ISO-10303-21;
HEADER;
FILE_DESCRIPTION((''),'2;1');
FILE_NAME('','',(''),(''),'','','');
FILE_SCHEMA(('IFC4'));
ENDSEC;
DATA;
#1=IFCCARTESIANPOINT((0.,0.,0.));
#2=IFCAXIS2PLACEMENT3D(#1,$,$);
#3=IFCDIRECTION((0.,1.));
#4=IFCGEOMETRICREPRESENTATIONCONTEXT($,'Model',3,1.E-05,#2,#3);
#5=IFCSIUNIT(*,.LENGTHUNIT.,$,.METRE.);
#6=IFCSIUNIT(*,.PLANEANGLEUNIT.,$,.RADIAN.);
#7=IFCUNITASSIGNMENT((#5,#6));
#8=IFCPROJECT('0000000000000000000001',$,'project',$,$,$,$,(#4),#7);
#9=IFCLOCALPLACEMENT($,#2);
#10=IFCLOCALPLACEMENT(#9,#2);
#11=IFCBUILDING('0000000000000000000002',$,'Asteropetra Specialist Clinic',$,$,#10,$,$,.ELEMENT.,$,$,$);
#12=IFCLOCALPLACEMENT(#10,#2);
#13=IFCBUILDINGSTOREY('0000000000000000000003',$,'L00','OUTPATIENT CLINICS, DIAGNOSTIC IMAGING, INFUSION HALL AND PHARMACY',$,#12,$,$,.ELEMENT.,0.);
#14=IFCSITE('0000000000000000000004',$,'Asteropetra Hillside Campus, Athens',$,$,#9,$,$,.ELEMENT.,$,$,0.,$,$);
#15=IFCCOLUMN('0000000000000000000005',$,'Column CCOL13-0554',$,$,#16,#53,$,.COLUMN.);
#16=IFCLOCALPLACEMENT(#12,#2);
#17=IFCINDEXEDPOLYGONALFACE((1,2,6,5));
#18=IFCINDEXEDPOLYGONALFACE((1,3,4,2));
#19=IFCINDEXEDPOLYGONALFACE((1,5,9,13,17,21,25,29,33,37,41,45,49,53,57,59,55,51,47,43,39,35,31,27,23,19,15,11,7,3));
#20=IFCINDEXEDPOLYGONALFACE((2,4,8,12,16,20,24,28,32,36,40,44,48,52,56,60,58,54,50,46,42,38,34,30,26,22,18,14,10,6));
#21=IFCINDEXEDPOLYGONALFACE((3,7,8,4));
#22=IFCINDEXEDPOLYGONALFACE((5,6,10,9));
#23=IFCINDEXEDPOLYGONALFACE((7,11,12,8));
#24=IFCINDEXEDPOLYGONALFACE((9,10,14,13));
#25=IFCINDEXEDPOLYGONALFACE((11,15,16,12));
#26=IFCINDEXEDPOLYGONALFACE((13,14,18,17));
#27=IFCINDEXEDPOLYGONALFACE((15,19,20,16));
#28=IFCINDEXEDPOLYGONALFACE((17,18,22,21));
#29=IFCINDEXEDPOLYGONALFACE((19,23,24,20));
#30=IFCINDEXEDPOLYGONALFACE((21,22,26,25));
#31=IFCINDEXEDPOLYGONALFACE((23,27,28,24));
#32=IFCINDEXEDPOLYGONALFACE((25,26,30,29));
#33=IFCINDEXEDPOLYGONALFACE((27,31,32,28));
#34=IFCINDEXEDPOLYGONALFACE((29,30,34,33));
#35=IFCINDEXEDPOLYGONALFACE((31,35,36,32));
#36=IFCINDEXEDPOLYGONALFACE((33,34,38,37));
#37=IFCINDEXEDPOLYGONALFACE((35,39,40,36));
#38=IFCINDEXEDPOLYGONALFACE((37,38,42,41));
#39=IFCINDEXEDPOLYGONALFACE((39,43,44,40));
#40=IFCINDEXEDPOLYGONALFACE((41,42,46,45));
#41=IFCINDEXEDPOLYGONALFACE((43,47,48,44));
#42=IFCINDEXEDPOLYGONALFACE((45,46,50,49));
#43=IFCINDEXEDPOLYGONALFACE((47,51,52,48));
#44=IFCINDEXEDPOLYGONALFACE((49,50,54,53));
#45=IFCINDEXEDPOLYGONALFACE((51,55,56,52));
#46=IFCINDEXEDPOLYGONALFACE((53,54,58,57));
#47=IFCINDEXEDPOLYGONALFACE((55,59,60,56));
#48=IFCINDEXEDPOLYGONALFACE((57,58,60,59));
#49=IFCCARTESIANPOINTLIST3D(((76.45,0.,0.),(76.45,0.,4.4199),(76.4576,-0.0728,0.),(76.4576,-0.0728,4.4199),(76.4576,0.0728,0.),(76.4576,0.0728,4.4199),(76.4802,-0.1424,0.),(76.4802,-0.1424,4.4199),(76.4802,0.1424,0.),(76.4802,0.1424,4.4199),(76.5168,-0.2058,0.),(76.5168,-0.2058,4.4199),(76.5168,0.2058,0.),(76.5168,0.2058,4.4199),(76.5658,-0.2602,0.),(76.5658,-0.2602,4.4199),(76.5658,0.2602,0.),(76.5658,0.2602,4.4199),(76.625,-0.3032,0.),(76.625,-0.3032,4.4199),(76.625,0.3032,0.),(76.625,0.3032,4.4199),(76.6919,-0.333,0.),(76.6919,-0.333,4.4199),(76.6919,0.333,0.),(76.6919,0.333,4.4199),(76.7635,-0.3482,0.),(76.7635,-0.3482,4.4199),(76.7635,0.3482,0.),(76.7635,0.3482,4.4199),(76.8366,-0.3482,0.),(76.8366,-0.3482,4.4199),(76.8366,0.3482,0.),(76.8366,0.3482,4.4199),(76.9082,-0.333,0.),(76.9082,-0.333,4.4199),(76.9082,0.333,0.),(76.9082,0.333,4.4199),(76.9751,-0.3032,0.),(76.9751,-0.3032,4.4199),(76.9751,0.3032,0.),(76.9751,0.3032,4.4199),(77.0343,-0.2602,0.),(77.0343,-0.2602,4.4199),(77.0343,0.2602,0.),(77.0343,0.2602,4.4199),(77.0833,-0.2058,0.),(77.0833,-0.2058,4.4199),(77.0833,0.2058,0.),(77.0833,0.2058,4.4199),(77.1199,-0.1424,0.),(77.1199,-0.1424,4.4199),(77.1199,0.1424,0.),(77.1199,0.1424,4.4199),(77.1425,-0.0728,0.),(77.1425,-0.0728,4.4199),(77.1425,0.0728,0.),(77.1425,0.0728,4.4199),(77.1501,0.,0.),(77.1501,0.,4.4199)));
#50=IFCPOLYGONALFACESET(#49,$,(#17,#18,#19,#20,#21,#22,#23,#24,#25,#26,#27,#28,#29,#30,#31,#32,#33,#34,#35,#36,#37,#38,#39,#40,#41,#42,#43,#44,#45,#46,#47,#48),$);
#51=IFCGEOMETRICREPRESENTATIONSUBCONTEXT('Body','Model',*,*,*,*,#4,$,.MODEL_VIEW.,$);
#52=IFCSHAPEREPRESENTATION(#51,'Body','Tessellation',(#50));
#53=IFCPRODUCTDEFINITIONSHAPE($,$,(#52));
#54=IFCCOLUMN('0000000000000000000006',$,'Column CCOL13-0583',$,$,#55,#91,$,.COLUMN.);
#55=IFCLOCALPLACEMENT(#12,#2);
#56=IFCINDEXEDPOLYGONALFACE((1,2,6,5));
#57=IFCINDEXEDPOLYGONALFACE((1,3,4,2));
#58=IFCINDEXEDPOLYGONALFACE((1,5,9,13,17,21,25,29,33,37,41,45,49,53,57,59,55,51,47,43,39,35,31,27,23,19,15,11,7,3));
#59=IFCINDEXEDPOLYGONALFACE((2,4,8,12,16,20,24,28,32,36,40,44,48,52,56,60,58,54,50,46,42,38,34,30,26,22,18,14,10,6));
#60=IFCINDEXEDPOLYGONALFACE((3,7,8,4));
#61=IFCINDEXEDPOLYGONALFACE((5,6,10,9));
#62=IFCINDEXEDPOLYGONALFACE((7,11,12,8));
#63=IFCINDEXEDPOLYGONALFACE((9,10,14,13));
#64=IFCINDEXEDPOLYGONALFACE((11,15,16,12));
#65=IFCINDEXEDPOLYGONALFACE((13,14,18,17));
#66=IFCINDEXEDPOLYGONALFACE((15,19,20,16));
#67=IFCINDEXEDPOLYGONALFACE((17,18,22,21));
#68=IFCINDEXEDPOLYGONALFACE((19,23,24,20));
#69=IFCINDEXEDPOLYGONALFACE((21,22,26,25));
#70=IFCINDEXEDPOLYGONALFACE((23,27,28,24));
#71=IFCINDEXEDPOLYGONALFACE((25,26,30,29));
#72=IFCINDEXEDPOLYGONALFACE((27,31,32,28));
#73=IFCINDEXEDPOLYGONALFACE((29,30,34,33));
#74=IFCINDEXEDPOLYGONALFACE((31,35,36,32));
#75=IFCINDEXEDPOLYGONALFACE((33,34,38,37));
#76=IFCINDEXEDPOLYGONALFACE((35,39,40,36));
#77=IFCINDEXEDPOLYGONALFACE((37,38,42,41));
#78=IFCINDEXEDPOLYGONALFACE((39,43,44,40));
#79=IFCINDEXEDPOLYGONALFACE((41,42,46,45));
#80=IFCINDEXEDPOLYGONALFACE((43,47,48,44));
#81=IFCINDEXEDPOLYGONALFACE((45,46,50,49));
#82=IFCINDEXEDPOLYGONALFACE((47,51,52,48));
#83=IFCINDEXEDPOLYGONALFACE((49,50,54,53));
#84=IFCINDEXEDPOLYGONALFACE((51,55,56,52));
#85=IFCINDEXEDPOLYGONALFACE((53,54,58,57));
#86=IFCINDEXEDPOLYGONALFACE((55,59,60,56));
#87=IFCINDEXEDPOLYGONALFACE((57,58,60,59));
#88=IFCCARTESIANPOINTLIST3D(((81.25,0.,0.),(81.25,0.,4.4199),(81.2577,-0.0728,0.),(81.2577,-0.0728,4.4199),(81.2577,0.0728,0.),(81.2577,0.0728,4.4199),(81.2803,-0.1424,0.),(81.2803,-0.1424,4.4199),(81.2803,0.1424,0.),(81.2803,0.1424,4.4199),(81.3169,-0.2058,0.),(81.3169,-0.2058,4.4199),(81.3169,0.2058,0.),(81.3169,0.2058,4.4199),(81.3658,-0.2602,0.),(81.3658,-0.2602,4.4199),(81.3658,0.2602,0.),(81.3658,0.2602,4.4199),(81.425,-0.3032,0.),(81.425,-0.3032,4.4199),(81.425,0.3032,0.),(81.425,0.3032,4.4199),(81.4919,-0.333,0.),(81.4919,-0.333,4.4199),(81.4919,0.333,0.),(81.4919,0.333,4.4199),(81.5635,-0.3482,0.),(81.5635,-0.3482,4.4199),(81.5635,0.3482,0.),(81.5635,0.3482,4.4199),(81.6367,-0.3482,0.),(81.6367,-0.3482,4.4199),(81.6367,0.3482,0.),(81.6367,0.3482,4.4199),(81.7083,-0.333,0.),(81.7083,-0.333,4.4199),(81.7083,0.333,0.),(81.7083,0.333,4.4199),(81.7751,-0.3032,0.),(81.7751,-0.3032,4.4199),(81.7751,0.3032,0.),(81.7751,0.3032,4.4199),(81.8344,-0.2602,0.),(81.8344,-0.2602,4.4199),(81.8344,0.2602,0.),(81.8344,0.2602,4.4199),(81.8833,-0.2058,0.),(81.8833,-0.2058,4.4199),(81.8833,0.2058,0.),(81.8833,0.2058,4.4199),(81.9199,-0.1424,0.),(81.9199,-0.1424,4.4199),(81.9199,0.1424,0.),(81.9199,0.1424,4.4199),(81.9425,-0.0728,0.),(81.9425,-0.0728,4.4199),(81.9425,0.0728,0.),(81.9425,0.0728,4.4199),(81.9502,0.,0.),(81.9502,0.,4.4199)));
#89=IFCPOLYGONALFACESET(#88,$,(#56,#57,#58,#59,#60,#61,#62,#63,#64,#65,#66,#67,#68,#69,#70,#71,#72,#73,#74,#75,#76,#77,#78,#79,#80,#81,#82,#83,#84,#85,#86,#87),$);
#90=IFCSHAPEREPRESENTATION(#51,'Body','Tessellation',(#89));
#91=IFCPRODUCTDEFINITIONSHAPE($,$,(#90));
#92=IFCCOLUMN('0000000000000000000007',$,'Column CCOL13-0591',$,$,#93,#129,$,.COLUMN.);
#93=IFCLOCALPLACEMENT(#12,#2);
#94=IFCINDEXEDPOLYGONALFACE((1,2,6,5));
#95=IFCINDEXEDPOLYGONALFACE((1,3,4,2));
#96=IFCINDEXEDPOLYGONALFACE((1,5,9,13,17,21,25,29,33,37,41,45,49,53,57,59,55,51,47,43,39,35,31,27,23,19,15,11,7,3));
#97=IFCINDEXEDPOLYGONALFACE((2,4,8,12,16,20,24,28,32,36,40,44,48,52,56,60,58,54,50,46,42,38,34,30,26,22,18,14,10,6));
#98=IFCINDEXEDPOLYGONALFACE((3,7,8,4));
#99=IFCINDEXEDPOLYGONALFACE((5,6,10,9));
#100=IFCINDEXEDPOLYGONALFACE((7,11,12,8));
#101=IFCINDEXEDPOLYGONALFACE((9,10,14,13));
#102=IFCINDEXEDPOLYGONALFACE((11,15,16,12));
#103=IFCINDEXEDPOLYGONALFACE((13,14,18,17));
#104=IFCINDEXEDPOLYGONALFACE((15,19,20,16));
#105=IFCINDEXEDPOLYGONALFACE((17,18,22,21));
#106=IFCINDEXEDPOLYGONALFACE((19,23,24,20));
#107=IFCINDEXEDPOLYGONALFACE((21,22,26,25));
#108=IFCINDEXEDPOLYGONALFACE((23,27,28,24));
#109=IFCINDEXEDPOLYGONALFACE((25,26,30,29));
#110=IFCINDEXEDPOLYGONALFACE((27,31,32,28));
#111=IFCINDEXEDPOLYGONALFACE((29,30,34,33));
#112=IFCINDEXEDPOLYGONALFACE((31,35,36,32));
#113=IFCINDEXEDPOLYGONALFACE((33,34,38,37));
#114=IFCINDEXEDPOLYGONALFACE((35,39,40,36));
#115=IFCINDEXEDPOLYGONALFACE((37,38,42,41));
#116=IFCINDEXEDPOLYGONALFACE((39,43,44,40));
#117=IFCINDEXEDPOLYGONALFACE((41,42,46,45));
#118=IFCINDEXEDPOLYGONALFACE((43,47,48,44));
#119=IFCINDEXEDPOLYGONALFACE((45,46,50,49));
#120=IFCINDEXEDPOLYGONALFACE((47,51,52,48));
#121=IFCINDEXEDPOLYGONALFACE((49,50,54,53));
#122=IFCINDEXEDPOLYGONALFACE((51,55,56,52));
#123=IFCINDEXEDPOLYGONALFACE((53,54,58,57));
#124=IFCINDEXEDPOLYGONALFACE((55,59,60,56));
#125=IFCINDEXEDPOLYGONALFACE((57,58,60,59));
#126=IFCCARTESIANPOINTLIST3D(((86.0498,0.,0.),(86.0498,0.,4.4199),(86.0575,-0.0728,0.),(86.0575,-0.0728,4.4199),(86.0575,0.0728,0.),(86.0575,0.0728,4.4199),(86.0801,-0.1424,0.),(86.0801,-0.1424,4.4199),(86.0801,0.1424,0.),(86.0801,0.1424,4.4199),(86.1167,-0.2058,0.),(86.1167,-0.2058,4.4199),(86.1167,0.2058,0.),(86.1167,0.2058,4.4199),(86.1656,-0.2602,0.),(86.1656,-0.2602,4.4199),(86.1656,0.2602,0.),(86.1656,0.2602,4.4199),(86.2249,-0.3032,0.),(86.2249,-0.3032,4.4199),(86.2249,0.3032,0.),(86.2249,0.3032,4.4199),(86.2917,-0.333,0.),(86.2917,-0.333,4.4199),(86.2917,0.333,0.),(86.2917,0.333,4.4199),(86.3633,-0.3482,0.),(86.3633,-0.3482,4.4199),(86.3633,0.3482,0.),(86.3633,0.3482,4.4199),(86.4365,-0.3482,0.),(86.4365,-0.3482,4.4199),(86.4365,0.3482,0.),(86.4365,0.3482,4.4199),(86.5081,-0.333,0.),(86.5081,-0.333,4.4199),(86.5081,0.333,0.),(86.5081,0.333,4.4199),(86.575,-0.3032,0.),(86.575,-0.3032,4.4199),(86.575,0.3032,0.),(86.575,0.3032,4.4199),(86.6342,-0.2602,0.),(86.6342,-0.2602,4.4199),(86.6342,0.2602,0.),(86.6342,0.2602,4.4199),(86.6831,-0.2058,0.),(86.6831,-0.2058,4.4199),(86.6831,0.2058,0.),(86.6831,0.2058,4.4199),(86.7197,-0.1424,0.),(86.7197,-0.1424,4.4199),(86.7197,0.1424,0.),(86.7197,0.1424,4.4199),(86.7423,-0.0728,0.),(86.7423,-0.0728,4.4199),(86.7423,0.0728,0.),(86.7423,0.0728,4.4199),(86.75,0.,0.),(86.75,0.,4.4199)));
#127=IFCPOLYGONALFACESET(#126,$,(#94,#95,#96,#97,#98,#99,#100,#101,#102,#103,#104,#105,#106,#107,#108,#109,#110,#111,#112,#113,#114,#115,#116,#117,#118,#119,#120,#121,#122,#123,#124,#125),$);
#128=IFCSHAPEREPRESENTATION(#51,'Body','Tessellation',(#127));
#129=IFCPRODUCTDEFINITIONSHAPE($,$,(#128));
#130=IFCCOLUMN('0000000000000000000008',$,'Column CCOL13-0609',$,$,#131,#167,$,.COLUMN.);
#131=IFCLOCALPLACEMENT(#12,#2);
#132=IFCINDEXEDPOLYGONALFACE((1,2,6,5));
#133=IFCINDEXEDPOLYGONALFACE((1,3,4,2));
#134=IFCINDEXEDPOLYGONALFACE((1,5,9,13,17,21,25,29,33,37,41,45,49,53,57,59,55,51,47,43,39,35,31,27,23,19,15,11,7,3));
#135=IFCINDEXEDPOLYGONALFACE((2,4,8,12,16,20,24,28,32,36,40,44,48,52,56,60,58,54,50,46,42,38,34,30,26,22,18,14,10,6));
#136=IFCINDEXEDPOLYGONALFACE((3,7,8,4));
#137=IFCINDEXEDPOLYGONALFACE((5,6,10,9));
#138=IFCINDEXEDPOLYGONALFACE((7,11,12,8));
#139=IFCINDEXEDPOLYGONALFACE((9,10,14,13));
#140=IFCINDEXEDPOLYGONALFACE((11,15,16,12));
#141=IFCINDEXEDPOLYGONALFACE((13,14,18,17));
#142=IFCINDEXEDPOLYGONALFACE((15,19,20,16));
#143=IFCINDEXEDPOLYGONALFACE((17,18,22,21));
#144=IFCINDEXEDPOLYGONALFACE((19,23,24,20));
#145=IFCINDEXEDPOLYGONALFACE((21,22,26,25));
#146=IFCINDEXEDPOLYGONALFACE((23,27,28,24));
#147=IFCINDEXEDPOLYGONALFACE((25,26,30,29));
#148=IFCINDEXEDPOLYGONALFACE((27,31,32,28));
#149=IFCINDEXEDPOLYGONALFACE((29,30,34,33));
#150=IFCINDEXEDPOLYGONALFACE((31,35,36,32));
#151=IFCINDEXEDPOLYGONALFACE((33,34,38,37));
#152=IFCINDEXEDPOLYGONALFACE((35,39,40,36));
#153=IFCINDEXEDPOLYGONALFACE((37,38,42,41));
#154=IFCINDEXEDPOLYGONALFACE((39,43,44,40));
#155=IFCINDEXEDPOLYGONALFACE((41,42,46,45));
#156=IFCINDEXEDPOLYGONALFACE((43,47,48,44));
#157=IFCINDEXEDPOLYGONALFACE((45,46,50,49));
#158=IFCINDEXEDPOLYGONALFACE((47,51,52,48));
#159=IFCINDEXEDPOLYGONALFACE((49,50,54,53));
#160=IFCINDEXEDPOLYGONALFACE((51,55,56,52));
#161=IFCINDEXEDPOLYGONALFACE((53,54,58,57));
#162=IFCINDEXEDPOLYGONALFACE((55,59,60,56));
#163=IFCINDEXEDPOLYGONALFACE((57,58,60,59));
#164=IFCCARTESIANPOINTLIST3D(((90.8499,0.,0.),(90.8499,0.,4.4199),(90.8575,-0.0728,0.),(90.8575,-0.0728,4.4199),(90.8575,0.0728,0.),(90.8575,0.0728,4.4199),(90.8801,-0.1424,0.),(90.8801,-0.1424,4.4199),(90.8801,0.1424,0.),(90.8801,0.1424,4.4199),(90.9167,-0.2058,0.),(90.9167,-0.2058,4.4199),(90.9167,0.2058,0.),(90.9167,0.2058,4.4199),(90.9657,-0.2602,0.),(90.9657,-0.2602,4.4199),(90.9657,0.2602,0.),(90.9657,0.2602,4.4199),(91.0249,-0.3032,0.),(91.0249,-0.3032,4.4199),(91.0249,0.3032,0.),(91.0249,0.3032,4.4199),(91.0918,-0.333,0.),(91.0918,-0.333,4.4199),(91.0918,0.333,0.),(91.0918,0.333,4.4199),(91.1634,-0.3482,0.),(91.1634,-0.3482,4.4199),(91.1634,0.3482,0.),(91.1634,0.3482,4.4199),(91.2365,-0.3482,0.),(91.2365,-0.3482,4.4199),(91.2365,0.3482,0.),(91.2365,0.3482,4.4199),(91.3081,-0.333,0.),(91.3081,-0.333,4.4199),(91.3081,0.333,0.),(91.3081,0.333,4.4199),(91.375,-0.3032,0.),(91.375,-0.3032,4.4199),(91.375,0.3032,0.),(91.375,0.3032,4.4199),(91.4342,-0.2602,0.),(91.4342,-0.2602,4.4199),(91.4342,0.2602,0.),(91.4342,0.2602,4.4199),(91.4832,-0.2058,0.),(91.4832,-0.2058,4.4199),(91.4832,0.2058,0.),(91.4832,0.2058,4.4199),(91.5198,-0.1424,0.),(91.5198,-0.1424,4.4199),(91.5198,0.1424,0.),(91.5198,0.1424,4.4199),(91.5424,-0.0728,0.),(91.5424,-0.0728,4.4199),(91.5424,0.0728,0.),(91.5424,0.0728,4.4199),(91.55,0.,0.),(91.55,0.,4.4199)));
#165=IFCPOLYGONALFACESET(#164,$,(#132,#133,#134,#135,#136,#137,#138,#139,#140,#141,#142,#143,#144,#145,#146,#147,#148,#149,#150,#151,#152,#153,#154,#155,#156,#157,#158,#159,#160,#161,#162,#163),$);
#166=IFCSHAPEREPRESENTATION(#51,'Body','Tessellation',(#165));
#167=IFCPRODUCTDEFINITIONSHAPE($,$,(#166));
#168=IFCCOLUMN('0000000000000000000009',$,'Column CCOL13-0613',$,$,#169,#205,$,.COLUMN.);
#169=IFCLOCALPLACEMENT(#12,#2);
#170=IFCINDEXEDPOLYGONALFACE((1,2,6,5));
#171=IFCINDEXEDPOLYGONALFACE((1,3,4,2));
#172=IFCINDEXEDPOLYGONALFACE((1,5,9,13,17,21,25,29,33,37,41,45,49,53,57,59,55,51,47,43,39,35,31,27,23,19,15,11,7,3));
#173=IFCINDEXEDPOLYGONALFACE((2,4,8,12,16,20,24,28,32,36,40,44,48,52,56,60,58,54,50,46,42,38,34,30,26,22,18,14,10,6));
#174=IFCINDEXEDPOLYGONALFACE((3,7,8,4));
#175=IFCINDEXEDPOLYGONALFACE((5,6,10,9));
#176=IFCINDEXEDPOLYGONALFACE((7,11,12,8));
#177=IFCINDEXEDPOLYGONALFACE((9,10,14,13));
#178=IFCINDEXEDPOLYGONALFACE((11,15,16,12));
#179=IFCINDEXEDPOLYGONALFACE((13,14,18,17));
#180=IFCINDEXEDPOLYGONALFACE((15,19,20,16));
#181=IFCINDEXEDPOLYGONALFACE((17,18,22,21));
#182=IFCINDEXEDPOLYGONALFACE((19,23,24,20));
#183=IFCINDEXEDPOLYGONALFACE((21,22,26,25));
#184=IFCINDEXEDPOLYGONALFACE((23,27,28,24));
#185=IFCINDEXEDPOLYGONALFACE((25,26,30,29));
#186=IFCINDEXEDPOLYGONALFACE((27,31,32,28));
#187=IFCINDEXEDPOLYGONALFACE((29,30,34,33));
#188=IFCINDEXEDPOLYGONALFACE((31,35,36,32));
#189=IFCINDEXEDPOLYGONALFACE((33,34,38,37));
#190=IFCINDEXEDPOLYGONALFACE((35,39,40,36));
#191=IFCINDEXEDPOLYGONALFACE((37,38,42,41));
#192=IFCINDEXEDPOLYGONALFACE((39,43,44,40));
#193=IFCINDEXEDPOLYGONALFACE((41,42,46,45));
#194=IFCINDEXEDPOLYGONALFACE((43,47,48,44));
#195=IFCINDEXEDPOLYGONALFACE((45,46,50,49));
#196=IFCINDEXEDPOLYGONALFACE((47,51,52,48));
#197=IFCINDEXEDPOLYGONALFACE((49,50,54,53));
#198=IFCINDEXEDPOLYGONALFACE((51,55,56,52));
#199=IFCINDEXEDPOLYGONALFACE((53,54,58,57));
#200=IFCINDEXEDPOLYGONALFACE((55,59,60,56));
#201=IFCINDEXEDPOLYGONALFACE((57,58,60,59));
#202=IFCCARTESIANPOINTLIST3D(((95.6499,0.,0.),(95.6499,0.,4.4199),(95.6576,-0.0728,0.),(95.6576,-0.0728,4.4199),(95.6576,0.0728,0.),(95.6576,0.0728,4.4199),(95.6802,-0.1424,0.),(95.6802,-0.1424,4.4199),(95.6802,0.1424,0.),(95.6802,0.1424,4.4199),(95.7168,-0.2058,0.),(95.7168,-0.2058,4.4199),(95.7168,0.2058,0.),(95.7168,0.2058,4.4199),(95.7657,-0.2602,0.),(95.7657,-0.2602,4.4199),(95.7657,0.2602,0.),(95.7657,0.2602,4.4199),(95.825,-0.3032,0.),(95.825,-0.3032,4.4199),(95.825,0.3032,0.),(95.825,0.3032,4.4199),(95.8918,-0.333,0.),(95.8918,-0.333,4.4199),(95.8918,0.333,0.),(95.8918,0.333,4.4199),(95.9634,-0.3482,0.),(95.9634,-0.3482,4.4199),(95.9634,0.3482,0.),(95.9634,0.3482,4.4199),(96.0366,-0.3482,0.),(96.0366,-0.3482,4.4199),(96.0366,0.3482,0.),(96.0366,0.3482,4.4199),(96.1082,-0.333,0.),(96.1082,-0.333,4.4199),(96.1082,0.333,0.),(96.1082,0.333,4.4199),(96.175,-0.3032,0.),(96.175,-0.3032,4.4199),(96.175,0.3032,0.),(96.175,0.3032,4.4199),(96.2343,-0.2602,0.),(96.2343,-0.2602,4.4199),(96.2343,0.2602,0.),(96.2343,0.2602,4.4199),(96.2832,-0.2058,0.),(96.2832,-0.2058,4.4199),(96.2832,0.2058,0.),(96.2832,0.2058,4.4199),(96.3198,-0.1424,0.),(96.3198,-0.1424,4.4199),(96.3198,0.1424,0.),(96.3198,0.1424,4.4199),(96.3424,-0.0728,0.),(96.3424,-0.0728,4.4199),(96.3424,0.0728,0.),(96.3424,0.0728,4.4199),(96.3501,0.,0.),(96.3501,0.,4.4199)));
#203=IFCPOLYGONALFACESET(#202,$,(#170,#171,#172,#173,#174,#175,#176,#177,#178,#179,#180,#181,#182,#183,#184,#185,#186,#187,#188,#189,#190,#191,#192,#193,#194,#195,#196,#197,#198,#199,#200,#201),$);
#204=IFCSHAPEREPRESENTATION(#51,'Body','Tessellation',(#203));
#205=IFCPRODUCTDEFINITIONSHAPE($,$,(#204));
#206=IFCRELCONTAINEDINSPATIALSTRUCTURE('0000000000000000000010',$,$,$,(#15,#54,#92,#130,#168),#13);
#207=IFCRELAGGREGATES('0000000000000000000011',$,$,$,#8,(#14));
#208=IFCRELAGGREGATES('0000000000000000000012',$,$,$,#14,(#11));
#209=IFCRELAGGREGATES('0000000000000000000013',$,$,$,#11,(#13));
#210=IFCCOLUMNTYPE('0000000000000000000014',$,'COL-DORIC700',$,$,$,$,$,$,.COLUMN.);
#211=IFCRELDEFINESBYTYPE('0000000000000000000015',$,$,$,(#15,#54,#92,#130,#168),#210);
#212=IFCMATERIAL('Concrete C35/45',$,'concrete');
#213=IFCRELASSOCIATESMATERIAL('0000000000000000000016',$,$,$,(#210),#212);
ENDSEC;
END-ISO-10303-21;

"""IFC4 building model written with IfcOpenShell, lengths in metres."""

from ifc_helpers import new_model, si_unit, direction, frame, origin, origin_2d, place, context, subcontext, project, spatial, circle, extrude, material, material_profile, profile_set, type_object, element, save


model = new_model("IFC4")

# Units and contexts
model_context = context("Model", 3, precision=1e-05, world=origin(), true_north=direction((0.0, 1.0)))
body_context = subcontext(model_context, "Body", "Model", "MODEL_VIEW")
ifc_project = project(units=[si_unit("LENGTHUNIT", "METRE"), si_unit("PLANEANGLEUNIT", "RADIAN")], contexts=[model_context])

# Site, building, storey
site_placement = place(None, origin())
site = spatial("IfcSite", under=ifc_project, at=site_placement, Name="Asteropetra Hillside Campus, Athens", CompositionType="ELEMENT", RefElevation=0.0)
building_placement = place(site_placement, origin())
building = spatial("IfcBuilding", under=site, at=building_placement, Name="Asteropetra Specialist Clinic", CompositionType="ELEMENT")
storey_placement = place(building_placement, origin())
storey = spatial("IfcBuildingStorey", under=building, at=storey_placement, Name="L00", Description="OUTPATIENT CLINICS, DIAGNOSTIC IMAGING, INFUSION HALL AND PHARMACY", CompositionType="ELEMENT", Elevation=0.0)

# Columns
ifc_material_1 = material(Name="Concrete C35/45", Category="concrete")
ifc_material_profile_1 = material_profile(ifc_material_1, circle(Radius=0.3501, at=origin_2d()), Name="RCC D700")
ifc_profile_set_1 = profile_set([ifc_material_profile_1], Name="Concrete C35/45")
column_type_1 = type_object("IfcColumnType", Name="COL-DORIC700", PredefinedType="COLUMN", material=ifc_profile_set_1)
for number, where, z_axis, x_axis, name in (
    (1, (76.8, 0.0, 0.0), (0.0, 0.0, 1.0), (1.0, 0.0, 0.0), "Column CCOL13-0554"),
    (2, (81.6001, 0.0, 0.0), (0.0, 0.0, 1.0), (1.0, 0.0, 0.0), "Column CCOL13-0583"),
    (3, (86.3999, 0.0, 0.0), (0.0, 0.0, 1.0), (1.0, 0.0, 0.0), "Column CCOL13-0591"),
    (4, (91.2, 0.0, 0.0), (0.0, 0.0, 1.0), (1.0, 0.0, 0.0), "Column CCOL13-0609"),
    (5, (96.0, 0.0, 0.0), (0.0, 0.0, 1.0), (1.0, 0.0, 0.0), "Column CCOL13-0613"),
):
    element("IfcColumn", number, at=place(storey_placement, frame(where, z_axis=z_axis, x_axis=x_axis)), inside=storey, type_object=column_type_1, Name=name, PredefinedType="COLUMN", context=body_context, shape_type="SweptSolid", body=[
        extrude(circle(Radius=0.3501, at=origin_2d()), origin(), (0.0, 0.0, 1.0), 4.4199),
    ])

save(model, "model.ifc")
